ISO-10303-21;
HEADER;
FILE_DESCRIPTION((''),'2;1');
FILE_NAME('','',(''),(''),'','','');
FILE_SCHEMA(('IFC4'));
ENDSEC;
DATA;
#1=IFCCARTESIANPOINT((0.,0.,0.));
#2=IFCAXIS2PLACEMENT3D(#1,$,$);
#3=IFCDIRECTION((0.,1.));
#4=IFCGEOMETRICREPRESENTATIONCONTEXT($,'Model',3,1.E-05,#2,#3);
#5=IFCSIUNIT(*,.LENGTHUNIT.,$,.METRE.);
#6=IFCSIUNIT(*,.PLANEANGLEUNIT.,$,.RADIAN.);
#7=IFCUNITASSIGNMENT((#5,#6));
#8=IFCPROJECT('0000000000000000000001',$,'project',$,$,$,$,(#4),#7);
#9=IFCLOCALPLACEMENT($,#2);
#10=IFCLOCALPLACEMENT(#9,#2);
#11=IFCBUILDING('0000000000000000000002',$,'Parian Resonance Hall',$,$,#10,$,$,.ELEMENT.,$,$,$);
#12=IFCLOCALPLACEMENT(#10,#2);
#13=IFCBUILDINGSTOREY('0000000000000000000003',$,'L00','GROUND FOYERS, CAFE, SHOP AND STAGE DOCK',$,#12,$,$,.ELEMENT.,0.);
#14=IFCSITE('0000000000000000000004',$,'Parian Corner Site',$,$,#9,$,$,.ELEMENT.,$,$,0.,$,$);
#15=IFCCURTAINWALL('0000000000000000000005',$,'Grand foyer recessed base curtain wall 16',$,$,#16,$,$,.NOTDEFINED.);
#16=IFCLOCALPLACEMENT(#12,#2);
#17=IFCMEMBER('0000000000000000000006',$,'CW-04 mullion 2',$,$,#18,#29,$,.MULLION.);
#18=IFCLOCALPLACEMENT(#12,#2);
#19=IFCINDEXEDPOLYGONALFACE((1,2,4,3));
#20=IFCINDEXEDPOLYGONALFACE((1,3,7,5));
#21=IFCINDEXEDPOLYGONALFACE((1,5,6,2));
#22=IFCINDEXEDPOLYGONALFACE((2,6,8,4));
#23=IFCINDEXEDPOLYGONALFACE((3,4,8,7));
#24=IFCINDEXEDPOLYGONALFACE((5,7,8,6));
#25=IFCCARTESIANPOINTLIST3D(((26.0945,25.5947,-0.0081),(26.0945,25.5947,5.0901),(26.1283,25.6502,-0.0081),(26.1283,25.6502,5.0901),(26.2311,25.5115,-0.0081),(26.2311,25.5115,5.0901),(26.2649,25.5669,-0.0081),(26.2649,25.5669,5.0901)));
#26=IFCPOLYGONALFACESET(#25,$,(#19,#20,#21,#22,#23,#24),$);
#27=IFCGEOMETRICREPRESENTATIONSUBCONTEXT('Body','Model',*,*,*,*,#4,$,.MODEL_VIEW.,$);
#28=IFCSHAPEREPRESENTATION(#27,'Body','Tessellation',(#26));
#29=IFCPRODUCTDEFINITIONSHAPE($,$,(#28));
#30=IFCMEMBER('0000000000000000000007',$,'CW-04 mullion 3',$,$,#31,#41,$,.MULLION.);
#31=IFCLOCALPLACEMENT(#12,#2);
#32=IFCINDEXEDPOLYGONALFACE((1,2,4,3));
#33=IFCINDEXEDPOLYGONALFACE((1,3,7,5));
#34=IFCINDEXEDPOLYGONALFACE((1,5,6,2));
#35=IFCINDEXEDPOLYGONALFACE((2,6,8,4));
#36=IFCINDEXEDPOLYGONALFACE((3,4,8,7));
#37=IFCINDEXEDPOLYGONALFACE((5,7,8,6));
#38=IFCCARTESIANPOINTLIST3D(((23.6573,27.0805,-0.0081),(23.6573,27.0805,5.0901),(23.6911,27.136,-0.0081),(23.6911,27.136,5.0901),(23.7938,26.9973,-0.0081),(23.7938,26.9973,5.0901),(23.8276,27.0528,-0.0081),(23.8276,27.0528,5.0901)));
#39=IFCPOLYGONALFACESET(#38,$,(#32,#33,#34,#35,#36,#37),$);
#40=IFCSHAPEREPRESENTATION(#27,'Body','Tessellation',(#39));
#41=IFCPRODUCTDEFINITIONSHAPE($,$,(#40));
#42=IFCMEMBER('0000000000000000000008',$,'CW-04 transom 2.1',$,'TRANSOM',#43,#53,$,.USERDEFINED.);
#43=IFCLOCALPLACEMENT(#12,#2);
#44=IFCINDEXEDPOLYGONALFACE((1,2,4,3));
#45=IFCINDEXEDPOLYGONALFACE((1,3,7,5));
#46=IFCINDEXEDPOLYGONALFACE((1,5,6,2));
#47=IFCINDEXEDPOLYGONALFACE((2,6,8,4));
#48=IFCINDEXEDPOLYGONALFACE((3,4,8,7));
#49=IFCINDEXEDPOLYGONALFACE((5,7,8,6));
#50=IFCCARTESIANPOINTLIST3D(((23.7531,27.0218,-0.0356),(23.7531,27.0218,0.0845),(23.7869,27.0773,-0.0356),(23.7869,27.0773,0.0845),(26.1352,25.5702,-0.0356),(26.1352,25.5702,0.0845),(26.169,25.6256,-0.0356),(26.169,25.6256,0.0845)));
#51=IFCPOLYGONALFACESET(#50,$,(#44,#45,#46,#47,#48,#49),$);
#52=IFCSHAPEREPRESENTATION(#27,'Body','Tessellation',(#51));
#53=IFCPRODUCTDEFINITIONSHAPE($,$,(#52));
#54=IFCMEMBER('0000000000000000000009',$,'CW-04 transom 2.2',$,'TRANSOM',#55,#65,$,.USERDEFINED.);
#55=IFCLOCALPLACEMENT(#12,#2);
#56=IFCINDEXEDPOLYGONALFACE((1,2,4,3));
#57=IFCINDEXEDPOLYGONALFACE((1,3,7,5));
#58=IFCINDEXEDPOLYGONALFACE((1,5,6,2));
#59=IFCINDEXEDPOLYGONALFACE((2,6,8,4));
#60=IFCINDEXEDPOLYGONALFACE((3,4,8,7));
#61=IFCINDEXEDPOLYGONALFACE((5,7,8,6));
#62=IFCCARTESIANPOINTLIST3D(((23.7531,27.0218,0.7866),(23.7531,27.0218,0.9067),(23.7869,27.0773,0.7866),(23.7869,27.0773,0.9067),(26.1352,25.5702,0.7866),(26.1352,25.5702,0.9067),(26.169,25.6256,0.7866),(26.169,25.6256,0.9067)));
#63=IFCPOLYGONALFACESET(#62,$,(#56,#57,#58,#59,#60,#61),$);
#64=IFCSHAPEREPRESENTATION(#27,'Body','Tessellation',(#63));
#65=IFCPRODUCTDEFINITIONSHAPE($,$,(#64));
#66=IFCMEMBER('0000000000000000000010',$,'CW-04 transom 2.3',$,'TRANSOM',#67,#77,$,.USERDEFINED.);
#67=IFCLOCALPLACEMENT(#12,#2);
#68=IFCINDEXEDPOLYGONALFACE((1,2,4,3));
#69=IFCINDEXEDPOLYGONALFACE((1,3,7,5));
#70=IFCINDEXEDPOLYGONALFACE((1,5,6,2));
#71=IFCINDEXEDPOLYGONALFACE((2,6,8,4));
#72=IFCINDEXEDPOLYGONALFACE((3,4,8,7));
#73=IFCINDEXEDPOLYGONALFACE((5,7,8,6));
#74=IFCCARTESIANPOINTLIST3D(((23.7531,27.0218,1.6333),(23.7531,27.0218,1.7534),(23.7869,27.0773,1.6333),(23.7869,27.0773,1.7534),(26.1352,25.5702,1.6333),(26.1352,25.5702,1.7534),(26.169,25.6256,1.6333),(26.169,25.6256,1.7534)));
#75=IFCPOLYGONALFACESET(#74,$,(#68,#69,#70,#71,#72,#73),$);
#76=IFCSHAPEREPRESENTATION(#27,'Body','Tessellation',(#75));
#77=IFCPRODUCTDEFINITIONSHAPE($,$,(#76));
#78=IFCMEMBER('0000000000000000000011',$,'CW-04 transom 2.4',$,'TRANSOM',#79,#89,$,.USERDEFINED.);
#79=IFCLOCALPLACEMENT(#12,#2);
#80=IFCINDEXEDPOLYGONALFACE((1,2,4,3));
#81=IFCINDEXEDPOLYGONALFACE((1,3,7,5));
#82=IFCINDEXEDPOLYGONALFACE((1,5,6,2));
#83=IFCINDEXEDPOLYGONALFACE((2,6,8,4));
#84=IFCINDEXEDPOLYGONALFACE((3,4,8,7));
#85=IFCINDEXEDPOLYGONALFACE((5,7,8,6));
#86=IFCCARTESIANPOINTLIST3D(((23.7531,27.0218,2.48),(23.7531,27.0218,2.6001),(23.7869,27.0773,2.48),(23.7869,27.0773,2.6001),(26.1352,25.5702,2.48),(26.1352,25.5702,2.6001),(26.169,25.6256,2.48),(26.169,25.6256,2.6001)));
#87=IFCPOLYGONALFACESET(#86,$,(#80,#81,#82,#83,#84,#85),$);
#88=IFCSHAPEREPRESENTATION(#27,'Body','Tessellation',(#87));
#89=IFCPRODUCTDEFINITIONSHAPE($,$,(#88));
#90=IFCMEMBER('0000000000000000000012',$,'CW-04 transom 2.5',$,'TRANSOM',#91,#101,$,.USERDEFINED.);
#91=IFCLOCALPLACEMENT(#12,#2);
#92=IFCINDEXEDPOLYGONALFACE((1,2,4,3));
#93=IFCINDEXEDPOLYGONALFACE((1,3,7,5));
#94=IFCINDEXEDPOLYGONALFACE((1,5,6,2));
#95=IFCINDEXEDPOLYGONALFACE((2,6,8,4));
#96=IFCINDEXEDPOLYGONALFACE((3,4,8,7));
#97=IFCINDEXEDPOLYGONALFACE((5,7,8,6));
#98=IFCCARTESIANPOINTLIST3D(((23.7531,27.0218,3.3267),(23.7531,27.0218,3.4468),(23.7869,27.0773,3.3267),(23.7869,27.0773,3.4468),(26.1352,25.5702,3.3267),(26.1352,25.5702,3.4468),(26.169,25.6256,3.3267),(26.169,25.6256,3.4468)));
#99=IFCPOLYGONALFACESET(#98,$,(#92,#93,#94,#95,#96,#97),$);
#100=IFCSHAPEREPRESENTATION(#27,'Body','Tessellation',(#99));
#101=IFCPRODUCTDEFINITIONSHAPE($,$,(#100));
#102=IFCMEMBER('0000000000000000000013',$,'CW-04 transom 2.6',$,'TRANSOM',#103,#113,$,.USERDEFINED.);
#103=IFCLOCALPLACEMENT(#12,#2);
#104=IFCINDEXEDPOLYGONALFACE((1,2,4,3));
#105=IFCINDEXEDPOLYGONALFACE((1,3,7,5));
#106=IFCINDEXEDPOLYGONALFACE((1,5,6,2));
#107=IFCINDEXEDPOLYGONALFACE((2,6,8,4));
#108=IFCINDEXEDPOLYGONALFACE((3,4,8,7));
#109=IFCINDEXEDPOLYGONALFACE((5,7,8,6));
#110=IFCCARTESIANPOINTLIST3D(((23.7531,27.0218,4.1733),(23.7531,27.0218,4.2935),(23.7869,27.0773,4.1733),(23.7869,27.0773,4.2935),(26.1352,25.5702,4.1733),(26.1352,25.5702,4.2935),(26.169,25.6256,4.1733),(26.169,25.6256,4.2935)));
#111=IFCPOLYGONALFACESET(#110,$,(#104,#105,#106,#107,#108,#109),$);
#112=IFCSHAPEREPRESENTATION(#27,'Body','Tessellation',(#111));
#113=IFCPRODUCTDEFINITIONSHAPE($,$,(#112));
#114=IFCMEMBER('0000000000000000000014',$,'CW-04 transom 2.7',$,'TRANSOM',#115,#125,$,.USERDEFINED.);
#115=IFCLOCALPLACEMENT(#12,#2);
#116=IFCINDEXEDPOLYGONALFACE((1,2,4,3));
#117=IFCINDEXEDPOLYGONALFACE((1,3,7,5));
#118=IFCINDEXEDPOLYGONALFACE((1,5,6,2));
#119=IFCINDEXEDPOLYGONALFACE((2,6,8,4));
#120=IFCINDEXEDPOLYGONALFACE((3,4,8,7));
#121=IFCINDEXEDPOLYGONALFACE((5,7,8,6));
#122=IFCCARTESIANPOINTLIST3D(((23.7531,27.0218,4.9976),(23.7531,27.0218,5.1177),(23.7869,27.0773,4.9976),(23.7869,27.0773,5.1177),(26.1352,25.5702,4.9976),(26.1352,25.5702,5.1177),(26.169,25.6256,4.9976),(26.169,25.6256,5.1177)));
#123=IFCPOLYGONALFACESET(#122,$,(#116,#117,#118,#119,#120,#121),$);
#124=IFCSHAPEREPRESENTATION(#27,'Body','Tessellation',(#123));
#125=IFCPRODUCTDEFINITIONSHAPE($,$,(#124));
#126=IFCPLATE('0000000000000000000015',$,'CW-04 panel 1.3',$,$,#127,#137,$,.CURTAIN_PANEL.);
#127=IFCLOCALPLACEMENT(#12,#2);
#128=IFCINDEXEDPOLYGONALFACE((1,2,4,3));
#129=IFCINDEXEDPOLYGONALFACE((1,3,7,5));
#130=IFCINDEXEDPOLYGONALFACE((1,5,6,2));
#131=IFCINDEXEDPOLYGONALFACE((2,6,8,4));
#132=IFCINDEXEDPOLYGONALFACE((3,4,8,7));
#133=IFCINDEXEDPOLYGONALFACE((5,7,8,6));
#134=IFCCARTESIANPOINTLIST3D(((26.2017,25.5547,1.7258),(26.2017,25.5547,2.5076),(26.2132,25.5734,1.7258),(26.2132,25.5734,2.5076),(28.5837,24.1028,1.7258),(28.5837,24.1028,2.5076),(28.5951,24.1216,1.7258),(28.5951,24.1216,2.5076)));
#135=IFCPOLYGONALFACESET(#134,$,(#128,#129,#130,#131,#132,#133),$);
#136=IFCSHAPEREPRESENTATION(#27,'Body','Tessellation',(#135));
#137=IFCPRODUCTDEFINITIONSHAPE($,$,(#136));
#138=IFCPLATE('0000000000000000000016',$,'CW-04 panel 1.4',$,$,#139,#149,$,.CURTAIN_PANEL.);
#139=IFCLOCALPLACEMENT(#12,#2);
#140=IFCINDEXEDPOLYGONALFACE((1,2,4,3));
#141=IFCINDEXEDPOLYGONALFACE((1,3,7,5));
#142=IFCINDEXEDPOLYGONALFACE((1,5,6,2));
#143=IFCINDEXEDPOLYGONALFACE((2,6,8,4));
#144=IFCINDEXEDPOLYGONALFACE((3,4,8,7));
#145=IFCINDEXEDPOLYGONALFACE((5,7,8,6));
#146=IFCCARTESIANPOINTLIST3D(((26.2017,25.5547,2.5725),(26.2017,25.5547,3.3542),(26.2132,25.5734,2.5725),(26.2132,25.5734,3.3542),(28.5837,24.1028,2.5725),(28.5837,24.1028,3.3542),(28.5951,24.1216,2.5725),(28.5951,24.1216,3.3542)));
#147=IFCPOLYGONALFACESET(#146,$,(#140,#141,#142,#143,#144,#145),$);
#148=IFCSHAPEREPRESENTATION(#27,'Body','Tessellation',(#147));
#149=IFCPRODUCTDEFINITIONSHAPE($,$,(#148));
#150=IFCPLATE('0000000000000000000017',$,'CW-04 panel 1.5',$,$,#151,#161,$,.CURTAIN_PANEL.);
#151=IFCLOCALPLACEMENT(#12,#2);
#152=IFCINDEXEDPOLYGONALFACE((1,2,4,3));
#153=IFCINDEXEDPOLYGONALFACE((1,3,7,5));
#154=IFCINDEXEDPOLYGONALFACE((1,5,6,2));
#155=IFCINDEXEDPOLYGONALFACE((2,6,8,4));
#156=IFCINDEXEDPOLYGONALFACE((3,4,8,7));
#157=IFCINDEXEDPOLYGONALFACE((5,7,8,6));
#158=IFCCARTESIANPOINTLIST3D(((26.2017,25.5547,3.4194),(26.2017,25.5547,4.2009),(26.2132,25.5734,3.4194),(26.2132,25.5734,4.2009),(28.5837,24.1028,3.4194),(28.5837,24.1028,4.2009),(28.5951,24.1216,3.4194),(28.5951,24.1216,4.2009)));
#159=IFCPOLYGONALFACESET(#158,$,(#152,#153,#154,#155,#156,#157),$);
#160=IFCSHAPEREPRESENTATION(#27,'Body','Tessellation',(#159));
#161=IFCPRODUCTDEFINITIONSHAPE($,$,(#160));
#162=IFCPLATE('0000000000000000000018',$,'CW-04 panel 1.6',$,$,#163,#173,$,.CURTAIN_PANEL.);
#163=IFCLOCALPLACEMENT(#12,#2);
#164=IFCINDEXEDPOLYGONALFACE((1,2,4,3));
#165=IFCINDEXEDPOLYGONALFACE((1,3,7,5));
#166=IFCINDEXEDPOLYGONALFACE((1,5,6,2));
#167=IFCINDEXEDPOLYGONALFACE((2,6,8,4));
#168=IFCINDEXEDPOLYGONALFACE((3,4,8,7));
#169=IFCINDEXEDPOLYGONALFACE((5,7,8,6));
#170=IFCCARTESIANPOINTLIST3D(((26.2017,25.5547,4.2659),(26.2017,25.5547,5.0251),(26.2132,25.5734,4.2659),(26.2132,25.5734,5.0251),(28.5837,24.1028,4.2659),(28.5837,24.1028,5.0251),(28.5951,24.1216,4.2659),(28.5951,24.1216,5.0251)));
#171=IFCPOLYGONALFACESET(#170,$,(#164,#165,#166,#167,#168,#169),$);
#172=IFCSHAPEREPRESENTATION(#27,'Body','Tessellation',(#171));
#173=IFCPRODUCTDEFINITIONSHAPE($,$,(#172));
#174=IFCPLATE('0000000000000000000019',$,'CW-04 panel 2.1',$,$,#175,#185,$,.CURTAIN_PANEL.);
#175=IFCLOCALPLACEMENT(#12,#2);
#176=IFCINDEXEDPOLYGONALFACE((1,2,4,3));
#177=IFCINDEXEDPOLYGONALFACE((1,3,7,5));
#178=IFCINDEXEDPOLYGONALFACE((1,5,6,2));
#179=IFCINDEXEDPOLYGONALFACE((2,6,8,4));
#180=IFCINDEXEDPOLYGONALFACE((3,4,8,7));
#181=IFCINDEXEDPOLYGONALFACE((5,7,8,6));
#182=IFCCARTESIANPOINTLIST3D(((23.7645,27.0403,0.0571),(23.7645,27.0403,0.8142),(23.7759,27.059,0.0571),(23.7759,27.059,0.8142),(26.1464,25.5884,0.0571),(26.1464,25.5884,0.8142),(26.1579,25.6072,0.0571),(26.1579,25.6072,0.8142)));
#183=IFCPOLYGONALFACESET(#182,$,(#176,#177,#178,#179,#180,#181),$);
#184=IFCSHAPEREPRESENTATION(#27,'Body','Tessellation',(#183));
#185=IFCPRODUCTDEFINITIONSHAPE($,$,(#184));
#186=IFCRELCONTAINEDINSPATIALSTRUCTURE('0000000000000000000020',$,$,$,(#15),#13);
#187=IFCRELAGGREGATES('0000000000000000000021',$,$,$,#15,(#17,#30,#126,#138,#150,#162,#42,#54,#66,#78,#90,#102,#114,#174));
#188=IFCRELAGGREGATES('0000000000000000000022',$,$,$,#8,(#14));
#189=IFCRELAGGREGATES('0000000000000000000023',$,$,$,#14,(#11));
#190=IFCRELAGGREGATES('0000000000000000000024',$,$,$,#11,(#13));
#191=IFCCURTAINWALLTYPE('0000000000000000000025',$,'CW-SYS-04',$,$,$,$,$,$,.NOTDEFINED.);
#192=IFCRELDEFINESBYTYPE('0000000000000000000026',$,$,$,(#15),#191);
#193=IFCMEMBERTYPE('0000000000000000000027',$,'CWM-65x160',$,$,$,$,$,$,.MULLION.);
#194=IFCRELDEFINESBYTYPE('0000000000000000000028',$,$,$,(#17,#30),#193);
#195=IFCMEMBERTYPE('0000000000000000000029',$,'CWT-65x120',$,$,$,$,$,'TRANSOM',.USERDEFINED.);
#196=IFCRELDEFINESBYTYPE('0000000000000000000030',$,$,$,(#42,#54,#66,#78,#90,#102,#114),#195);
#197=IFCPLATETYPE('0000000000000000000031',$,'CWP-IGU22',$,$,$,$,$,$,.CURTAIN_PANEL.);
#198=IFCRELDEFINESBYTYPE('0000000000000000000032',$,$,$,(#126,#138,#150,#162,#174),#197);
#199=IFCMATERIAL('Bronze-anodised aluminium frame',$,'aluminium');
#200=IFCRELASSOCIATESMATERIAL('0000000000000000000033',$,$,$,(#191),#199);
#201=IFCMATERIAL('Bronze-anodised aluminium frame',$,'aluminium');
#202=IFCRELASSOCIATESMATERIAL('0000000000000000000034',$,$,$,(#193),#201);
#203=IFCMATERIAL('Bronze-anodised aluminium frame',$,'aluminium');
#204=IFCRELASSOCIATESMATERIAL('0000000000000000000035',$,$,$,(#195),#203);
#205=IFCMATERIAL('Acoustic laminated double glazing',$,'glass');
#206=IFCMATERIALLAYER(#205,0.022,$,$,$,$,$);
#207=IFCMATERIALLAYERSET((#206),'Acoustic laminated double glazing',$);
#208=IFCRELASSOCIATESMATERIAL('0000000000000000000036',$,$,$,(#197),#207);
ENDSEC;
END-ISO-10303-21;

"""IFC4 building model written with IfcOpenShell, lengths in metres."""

from ifc_helpers import new_model, si_unit, direction, frame, origin, origin_2d, place, context, subcontext, project, spatial, rectangle, extrude, material, layer, layer_set, material_profile, profile_set, type_object, element, aggregate, save


model = new_model("IFC4")

# Units and contexts
model_context = context("Model", 3, precision=1e-05, world=origin(), true_north=direction((0.0, 1.0)))
body_context = subcontext(model_context, "Body", "Model", "MODEL_VIEW")
ifc_project = project(units=[si_unit("LENGTHUNIT", "METRE"), si_unit("PLANEANGLEUNIT", "RADIAN")], contexts=[model_context])

# Site, building, storey
site_placement = place(None, origin())
site = spatial("IfcSite", under=ifc_project, at=site_placement, Name="Parian Corner Site", CompositionType="ELEMENT", RefElevation=0.0)
building_placement = place(site_placement, origin())
building = spatial("IfcBuilding", under=site, at=building_placement, Name="Parian Resonance Hall", CompositionType="ELEMENT")
storey_placement = place(building_placement, origin())
storey = spatial("IfcBuildingStorey", under=building, at=storey_placement, Name="L00", Description="GROUND FOYERS, CAFE, SHOP AND STAGE DOCK", CompositionType="ELEMENT", Elevation=0.0)

# Curtain wall, members, plates
ifc_material_1 = material(Name="Bronze-anodised aluminium frame", Category="aluminium")
curtain_wall_type = type_object("IfcCurtainWallType", Name="CW-SYS-04", PredefinedType="NOTDEFINED", material=ifc_material_1)
curtain_wall_placement = place(storey_placement, origin())
curtain_wall = element("IfcCurtainWall", 1, at=curtain_wall_placement, inside=storey, type_object=curtain_wall_type, Name="Grand foyer recessed base curtain wall 16", PredefinedType="NOTDEFINED")
ifc_material_2 = material(Name="Bronze-anodised aluminium frame", Category="aluminium")
ifc_material_profile_1 = material_profile(ifc_material_2, rectangle(XDim=0.0649, YDim=0.1599, at=origin_2d()), Name="CWM-65x160")
ifc_profile_set_1 = profile_set([ifc_material_profile_1], Name="Bronze-anodised aluminium frame")
member_type_1 = type_object("IfcMemberType", Name="CWM-65x160", PredefinedType="MULLION", material=ifc_profile_set_1)
member_1_placement = place(storey_placement, frame((26.1797, 25.5808, -0.0081), z_axis=(0.0, 0.0, 1.0), x_axis=(-0.520463, -0.853884, 0.0)))
member_1 = element("IfcMember", 2, at=member_1_placement, type_object=member_type_1, Name="CW-04 mullion 2", PredefinedType="MULLION", context=body_context, shape_type="SweptSolid", body=[
    extrude(rectangle(XDim=0.0649, YDim=0.1599, at=origin_2d()), origin(), (0.0, 0.0, 1.0), 5.0981),
])
member_2_placement = place(storey_placement, frame((23.7424, 27.0667, -0.0081), z_axis=(0.0, 0.0, 1.0), x_axis=(-0.520463, -0.853884, 0.0)))
member_2 = element("IfcMember", 3, at=member_2_placement, type_object=member_type_1, Name="CW-04 mullion 3", PredefinedType="MULLION", context=body_context, shape_type="SweptSolid", body=[
    extrude(rectangle(XDim=0.0649, YDim=0.1599, at=origin_2d()), origin(), (0.0, 0.0, 1.0), 5.0981),
])
ifc_material_3 = material(Name="Bronze-anodised aluminium frame", Category="aluminium")
ifc_material_profile_2 = material_profile(ifc_material_3, rectangle(XDim=0.0649, YDim=0.1201, at=origin_2d()), Name="CWT-65x120")
ifc_profile_set_2 = profile_set([ifc_material_profile_2], Name="Bronze-anodised aluminium frame")
member_type_2 = type_object("IfcMemberType", Name="CWT-65x120", ElementType="TRANSOM", PredefinedType="USERDEFINED", material=ifc_profile_set_2)
member_3_placement = place(storey_placement, frame((26.1521, 25.5979, 0.0244), z_axis=(-0.853928, 0.520391, 0.0), x_axis=(-0.520391, -0.853928, 0.0)))
member_3 = element("IfcMember", 4, at=member_3_placement, type_object=member_type_2, Name="CW-04 transom 2.1", ObjectType="TRANSOM", PredefinedType="USERDEFINED", context=body_context, shape_type="SweptSolid", body=[
    extrude(rectangle(XDim=0.0649, YDim=0.1201, at=origin_2d()), origin(), (0.0, 0.0, 1.0), 2.7896),
])
member_4_placement = place(storey_placement, frame((26.1521, 25.5979, 0.8467), z_axis=(-0.853928, 0.520391, 0.0), x_axis=(-0.520391, -0.853928, 0.0)))
member_4 = element("IfcMember", 5, at=member_4_placement, type_object=member_type_2, Name="CW-04 transom 2.2", ObjectType="TRANSOM", PredefinedType="USERDEFINED", context=body_context, shape_type="SweptSolid", body=[
    extrude(rectangle(XDim=0.0649, YDim=0.1201, at=origin_2d()), origin(), (0.0, 0.0, 1.0), 2.7896),
])
member_5_placement = place(storey_placement, frame((26.1521, 25.5979, 1.6934), z_axis=(-0.853928, 0.520391, 0.0), x_axis=(-0.520391, -0.853928, 0.0)))
member_5 = element("IfcMember", 6, at=member_5_placement, type_object=member_type_2, Name="CW-04 transom 2.3", ObjectType="TRANSOM", PredefinedType="USERDEFINED", context=body_context, shape_type="SweptSolid", body=[
    extrude(rectangle(XDim=0.0649, YDim=0.1201, at=origin_2d()), origin(), (0.0, 0.0, 1.0), 2.7896),
])
member_6_placement = place(storey_placement, frame((26.1521, 25.5979, 2.54), z_axis=(-0.853928, 0.520391, 0.0), x_axis=(-0.520391, -0.853928, 0.0)))
member_6 = element("IfcMember", 7, at=member_6_placement, type_object=member_type_2, Name="CW-04 transom 2.4", ObjectType="TRANSOM", PredefinedType="USERDEFINED", context=body_context, shape_type="SweptSolid", body=[
    extrude(rectangle(XDim=0.0649, YDim=0.1201, at=origin_2d()), origin(), (0.0, 0.0, 1.0), 2.7896),
])
member_7_placement = place(storey_placement, frame((26.1521, 25.5979, 3.3867), z_axis=(-0.853928, 0.520391, 0.0), x_axis=(-0.520391, -0.853928, 0.0)))
member_7 = element("IfcMember", 8, at=member_7_placement, type_object=member_type_2, Name="CW-04 transom 2.5", ObjectType="TRANSOM", PredefinedType="USERDEFINED", context=body_context, shape_type="SweptSolid", body=[
    extrude(rectangle(XDim=0.0649, YDim=0.1201, at=origin_2d()), origin(), (0.0, 0.0, 1.0), 2.7896),
])
member_8_placement = place(storey_placement, frame((26.1521, 25.5979, 4.2334), z_axis=(-0.853928, 0.520391, 0.0), x_axis=(-0.520391, -0.853928, 0.0)))
member_8 = element("IfcMember", 9, at=member_8_placement, type_object=member_type_2, Name="CW-04 transom 2.6", ObjectType="TRANSOM", PredefinedType="USERDEFINED", context=body_context, shape_type="SweptSolid", body=[
    extrude(rectangle(XDim=0.0649, YDim=0.1201, at=origin_2d()), origin(), (0.0, 0.0, 1.0), 2.7896),
])
member_9_placement = place(storey_placement, frame((26.1521, 25.5979, 5.0576), z_axis=(-0.853928, 0.520391, 0.0), x_axis=(-0.520391, -0.853928, 0.0)))
member_9 = element("IfcMember", 10, at=member_9_placement, type_object=member_type_2, Name="CW-04 transom 2.7", ObjectType="TRANSOM", PredefinedType="USERDEFINED", context=body_context, shape_type="SweptSolid", body=[
    extrude(rectangle(XDim=0.0649, YDim=0.1201, at=origin_2d()), origin(), (0.0, 0.0, 1.0), 2.7896),
])
ifc_material_4 = material(Name="Acoustic laminated double glazing", Category="glass")
ifc_layer_1 = layer(ifc_material_4, 0.022)
ifc_layer_set_1 = layer_set([ifc_layer_1], Name="Acoustic laminated double glazing")
plate_type = type_object("IfcPlateType", Name="CWP-IGU22", PredefinedType="CURTAIN_PANEL", material=ifc_layer_set_1)
plate_1_placement = place(storey_placement, frame((27.3984, 24.8381, 1.7258), z_axis=(0.0, 0.0, 1.0), x_axis=(-0.853884, 0.520463, 0.0)))
plate_1 = element("IfcPlate", 11, at=plate_1_placement, type_object=plate_type, Name="CW-04 panel 1.3", PredefinedType="CURTAIN_PANEL", context=body_context, shape_type="SweptSolid", body=[
    extrude(rectangle(XDim=2.7896, YDim=0.022, at=origin_2d()), origin(), (0.0, 0.0, 1.0), 0.7817),
])
plate_2_placement = place(storey_placement, frame((27.3984, 24.8381, 2.5725), z_axis=(0.0, 0.0, 1.0), x_axis=(-0.853884, 0.520463, 0.0)))
plate_2 = element("IfcPlate", 12, at=plate_2_placement, type_object=plate_type, Name="CW-04 panel 1.4", PredefinedType="CURTAIN_PANEL", context=body_context, shape_type="SweptSolid", body=[
    extrude(rectangle(XDim=2.7896, YDim=0.022, at=origin_2d()), origin(), (0.0, 0.0, 1.0), 0.7817),
])
plate_3_placement = place(storey_placement, frame((27.3984, 24.8381, 3.4194), z_axis=(0.0, 0.0, 1.0), x_axis=(-0.853884, 0.520463, 0.0)))
plate_3 = element("IfcPlate", 13, at=plate_3_placement, type_object=plate_type, Name="CW-04 panel 1.5", PredefinedType="CURTAIN_PANEL", context=body_context, shape_type="SweptSolid", body=[
    extrude(rectangle(XDim=2.7896, YDim=0.022, at=origin_2d()), origin(), (0.0, 0.0, 1.0), 0.7815),
])
plate_4_placement = place(storey_placement, frame((27.3984, 24.8381, 4.2659), z_axis=(0.0, 0.0, 1.0), x_axis=(-0.853884, 0.520463, 0.0)))
plate_4 = element("IfcPlate", 14, at=plate_4_placement, type_object=plate_type, Name="CW-04 panel 1.6", PredefinedType="CURTAIN_PANEL", context=body_context, shape_type="SweptSolid", body=[
    extrude(rectangle(XDim=2.7896, YDim=0.022, at=origin_2d()), origin(), (0.0, 0.0, 1.0), 0.7593),
])
plate_5_placement = place(storey_placement, frame((24.9612, 26.3237, 0.0571), z_axis=(0.0, 0.0, 1.0), x_axis=(-0.853884, 0.520463, 0.0)))
plate_5 = element("IfcPlate", 15, at=plate_5_placement, type_object=plate_type, Name="CW-04 panel 2.1", PredefinedType="CURTAIN_PANEL", context=body_context, shape_type="SweptSolid", body=[
    extrude(rectangle(XDim=2.7896, YDim=0.022, at=origin_2d()), origin(), (0.0, 0.0, 1.0), 0.7571),
])
aggregate(curtain_wall, [member_1, member_2, plate_1, plate_2, plate_3, plate_4, member_3, member_4, member_5, member_6, member_7, member_8, member_9, plate_5])

save(model, "model.ifc")
